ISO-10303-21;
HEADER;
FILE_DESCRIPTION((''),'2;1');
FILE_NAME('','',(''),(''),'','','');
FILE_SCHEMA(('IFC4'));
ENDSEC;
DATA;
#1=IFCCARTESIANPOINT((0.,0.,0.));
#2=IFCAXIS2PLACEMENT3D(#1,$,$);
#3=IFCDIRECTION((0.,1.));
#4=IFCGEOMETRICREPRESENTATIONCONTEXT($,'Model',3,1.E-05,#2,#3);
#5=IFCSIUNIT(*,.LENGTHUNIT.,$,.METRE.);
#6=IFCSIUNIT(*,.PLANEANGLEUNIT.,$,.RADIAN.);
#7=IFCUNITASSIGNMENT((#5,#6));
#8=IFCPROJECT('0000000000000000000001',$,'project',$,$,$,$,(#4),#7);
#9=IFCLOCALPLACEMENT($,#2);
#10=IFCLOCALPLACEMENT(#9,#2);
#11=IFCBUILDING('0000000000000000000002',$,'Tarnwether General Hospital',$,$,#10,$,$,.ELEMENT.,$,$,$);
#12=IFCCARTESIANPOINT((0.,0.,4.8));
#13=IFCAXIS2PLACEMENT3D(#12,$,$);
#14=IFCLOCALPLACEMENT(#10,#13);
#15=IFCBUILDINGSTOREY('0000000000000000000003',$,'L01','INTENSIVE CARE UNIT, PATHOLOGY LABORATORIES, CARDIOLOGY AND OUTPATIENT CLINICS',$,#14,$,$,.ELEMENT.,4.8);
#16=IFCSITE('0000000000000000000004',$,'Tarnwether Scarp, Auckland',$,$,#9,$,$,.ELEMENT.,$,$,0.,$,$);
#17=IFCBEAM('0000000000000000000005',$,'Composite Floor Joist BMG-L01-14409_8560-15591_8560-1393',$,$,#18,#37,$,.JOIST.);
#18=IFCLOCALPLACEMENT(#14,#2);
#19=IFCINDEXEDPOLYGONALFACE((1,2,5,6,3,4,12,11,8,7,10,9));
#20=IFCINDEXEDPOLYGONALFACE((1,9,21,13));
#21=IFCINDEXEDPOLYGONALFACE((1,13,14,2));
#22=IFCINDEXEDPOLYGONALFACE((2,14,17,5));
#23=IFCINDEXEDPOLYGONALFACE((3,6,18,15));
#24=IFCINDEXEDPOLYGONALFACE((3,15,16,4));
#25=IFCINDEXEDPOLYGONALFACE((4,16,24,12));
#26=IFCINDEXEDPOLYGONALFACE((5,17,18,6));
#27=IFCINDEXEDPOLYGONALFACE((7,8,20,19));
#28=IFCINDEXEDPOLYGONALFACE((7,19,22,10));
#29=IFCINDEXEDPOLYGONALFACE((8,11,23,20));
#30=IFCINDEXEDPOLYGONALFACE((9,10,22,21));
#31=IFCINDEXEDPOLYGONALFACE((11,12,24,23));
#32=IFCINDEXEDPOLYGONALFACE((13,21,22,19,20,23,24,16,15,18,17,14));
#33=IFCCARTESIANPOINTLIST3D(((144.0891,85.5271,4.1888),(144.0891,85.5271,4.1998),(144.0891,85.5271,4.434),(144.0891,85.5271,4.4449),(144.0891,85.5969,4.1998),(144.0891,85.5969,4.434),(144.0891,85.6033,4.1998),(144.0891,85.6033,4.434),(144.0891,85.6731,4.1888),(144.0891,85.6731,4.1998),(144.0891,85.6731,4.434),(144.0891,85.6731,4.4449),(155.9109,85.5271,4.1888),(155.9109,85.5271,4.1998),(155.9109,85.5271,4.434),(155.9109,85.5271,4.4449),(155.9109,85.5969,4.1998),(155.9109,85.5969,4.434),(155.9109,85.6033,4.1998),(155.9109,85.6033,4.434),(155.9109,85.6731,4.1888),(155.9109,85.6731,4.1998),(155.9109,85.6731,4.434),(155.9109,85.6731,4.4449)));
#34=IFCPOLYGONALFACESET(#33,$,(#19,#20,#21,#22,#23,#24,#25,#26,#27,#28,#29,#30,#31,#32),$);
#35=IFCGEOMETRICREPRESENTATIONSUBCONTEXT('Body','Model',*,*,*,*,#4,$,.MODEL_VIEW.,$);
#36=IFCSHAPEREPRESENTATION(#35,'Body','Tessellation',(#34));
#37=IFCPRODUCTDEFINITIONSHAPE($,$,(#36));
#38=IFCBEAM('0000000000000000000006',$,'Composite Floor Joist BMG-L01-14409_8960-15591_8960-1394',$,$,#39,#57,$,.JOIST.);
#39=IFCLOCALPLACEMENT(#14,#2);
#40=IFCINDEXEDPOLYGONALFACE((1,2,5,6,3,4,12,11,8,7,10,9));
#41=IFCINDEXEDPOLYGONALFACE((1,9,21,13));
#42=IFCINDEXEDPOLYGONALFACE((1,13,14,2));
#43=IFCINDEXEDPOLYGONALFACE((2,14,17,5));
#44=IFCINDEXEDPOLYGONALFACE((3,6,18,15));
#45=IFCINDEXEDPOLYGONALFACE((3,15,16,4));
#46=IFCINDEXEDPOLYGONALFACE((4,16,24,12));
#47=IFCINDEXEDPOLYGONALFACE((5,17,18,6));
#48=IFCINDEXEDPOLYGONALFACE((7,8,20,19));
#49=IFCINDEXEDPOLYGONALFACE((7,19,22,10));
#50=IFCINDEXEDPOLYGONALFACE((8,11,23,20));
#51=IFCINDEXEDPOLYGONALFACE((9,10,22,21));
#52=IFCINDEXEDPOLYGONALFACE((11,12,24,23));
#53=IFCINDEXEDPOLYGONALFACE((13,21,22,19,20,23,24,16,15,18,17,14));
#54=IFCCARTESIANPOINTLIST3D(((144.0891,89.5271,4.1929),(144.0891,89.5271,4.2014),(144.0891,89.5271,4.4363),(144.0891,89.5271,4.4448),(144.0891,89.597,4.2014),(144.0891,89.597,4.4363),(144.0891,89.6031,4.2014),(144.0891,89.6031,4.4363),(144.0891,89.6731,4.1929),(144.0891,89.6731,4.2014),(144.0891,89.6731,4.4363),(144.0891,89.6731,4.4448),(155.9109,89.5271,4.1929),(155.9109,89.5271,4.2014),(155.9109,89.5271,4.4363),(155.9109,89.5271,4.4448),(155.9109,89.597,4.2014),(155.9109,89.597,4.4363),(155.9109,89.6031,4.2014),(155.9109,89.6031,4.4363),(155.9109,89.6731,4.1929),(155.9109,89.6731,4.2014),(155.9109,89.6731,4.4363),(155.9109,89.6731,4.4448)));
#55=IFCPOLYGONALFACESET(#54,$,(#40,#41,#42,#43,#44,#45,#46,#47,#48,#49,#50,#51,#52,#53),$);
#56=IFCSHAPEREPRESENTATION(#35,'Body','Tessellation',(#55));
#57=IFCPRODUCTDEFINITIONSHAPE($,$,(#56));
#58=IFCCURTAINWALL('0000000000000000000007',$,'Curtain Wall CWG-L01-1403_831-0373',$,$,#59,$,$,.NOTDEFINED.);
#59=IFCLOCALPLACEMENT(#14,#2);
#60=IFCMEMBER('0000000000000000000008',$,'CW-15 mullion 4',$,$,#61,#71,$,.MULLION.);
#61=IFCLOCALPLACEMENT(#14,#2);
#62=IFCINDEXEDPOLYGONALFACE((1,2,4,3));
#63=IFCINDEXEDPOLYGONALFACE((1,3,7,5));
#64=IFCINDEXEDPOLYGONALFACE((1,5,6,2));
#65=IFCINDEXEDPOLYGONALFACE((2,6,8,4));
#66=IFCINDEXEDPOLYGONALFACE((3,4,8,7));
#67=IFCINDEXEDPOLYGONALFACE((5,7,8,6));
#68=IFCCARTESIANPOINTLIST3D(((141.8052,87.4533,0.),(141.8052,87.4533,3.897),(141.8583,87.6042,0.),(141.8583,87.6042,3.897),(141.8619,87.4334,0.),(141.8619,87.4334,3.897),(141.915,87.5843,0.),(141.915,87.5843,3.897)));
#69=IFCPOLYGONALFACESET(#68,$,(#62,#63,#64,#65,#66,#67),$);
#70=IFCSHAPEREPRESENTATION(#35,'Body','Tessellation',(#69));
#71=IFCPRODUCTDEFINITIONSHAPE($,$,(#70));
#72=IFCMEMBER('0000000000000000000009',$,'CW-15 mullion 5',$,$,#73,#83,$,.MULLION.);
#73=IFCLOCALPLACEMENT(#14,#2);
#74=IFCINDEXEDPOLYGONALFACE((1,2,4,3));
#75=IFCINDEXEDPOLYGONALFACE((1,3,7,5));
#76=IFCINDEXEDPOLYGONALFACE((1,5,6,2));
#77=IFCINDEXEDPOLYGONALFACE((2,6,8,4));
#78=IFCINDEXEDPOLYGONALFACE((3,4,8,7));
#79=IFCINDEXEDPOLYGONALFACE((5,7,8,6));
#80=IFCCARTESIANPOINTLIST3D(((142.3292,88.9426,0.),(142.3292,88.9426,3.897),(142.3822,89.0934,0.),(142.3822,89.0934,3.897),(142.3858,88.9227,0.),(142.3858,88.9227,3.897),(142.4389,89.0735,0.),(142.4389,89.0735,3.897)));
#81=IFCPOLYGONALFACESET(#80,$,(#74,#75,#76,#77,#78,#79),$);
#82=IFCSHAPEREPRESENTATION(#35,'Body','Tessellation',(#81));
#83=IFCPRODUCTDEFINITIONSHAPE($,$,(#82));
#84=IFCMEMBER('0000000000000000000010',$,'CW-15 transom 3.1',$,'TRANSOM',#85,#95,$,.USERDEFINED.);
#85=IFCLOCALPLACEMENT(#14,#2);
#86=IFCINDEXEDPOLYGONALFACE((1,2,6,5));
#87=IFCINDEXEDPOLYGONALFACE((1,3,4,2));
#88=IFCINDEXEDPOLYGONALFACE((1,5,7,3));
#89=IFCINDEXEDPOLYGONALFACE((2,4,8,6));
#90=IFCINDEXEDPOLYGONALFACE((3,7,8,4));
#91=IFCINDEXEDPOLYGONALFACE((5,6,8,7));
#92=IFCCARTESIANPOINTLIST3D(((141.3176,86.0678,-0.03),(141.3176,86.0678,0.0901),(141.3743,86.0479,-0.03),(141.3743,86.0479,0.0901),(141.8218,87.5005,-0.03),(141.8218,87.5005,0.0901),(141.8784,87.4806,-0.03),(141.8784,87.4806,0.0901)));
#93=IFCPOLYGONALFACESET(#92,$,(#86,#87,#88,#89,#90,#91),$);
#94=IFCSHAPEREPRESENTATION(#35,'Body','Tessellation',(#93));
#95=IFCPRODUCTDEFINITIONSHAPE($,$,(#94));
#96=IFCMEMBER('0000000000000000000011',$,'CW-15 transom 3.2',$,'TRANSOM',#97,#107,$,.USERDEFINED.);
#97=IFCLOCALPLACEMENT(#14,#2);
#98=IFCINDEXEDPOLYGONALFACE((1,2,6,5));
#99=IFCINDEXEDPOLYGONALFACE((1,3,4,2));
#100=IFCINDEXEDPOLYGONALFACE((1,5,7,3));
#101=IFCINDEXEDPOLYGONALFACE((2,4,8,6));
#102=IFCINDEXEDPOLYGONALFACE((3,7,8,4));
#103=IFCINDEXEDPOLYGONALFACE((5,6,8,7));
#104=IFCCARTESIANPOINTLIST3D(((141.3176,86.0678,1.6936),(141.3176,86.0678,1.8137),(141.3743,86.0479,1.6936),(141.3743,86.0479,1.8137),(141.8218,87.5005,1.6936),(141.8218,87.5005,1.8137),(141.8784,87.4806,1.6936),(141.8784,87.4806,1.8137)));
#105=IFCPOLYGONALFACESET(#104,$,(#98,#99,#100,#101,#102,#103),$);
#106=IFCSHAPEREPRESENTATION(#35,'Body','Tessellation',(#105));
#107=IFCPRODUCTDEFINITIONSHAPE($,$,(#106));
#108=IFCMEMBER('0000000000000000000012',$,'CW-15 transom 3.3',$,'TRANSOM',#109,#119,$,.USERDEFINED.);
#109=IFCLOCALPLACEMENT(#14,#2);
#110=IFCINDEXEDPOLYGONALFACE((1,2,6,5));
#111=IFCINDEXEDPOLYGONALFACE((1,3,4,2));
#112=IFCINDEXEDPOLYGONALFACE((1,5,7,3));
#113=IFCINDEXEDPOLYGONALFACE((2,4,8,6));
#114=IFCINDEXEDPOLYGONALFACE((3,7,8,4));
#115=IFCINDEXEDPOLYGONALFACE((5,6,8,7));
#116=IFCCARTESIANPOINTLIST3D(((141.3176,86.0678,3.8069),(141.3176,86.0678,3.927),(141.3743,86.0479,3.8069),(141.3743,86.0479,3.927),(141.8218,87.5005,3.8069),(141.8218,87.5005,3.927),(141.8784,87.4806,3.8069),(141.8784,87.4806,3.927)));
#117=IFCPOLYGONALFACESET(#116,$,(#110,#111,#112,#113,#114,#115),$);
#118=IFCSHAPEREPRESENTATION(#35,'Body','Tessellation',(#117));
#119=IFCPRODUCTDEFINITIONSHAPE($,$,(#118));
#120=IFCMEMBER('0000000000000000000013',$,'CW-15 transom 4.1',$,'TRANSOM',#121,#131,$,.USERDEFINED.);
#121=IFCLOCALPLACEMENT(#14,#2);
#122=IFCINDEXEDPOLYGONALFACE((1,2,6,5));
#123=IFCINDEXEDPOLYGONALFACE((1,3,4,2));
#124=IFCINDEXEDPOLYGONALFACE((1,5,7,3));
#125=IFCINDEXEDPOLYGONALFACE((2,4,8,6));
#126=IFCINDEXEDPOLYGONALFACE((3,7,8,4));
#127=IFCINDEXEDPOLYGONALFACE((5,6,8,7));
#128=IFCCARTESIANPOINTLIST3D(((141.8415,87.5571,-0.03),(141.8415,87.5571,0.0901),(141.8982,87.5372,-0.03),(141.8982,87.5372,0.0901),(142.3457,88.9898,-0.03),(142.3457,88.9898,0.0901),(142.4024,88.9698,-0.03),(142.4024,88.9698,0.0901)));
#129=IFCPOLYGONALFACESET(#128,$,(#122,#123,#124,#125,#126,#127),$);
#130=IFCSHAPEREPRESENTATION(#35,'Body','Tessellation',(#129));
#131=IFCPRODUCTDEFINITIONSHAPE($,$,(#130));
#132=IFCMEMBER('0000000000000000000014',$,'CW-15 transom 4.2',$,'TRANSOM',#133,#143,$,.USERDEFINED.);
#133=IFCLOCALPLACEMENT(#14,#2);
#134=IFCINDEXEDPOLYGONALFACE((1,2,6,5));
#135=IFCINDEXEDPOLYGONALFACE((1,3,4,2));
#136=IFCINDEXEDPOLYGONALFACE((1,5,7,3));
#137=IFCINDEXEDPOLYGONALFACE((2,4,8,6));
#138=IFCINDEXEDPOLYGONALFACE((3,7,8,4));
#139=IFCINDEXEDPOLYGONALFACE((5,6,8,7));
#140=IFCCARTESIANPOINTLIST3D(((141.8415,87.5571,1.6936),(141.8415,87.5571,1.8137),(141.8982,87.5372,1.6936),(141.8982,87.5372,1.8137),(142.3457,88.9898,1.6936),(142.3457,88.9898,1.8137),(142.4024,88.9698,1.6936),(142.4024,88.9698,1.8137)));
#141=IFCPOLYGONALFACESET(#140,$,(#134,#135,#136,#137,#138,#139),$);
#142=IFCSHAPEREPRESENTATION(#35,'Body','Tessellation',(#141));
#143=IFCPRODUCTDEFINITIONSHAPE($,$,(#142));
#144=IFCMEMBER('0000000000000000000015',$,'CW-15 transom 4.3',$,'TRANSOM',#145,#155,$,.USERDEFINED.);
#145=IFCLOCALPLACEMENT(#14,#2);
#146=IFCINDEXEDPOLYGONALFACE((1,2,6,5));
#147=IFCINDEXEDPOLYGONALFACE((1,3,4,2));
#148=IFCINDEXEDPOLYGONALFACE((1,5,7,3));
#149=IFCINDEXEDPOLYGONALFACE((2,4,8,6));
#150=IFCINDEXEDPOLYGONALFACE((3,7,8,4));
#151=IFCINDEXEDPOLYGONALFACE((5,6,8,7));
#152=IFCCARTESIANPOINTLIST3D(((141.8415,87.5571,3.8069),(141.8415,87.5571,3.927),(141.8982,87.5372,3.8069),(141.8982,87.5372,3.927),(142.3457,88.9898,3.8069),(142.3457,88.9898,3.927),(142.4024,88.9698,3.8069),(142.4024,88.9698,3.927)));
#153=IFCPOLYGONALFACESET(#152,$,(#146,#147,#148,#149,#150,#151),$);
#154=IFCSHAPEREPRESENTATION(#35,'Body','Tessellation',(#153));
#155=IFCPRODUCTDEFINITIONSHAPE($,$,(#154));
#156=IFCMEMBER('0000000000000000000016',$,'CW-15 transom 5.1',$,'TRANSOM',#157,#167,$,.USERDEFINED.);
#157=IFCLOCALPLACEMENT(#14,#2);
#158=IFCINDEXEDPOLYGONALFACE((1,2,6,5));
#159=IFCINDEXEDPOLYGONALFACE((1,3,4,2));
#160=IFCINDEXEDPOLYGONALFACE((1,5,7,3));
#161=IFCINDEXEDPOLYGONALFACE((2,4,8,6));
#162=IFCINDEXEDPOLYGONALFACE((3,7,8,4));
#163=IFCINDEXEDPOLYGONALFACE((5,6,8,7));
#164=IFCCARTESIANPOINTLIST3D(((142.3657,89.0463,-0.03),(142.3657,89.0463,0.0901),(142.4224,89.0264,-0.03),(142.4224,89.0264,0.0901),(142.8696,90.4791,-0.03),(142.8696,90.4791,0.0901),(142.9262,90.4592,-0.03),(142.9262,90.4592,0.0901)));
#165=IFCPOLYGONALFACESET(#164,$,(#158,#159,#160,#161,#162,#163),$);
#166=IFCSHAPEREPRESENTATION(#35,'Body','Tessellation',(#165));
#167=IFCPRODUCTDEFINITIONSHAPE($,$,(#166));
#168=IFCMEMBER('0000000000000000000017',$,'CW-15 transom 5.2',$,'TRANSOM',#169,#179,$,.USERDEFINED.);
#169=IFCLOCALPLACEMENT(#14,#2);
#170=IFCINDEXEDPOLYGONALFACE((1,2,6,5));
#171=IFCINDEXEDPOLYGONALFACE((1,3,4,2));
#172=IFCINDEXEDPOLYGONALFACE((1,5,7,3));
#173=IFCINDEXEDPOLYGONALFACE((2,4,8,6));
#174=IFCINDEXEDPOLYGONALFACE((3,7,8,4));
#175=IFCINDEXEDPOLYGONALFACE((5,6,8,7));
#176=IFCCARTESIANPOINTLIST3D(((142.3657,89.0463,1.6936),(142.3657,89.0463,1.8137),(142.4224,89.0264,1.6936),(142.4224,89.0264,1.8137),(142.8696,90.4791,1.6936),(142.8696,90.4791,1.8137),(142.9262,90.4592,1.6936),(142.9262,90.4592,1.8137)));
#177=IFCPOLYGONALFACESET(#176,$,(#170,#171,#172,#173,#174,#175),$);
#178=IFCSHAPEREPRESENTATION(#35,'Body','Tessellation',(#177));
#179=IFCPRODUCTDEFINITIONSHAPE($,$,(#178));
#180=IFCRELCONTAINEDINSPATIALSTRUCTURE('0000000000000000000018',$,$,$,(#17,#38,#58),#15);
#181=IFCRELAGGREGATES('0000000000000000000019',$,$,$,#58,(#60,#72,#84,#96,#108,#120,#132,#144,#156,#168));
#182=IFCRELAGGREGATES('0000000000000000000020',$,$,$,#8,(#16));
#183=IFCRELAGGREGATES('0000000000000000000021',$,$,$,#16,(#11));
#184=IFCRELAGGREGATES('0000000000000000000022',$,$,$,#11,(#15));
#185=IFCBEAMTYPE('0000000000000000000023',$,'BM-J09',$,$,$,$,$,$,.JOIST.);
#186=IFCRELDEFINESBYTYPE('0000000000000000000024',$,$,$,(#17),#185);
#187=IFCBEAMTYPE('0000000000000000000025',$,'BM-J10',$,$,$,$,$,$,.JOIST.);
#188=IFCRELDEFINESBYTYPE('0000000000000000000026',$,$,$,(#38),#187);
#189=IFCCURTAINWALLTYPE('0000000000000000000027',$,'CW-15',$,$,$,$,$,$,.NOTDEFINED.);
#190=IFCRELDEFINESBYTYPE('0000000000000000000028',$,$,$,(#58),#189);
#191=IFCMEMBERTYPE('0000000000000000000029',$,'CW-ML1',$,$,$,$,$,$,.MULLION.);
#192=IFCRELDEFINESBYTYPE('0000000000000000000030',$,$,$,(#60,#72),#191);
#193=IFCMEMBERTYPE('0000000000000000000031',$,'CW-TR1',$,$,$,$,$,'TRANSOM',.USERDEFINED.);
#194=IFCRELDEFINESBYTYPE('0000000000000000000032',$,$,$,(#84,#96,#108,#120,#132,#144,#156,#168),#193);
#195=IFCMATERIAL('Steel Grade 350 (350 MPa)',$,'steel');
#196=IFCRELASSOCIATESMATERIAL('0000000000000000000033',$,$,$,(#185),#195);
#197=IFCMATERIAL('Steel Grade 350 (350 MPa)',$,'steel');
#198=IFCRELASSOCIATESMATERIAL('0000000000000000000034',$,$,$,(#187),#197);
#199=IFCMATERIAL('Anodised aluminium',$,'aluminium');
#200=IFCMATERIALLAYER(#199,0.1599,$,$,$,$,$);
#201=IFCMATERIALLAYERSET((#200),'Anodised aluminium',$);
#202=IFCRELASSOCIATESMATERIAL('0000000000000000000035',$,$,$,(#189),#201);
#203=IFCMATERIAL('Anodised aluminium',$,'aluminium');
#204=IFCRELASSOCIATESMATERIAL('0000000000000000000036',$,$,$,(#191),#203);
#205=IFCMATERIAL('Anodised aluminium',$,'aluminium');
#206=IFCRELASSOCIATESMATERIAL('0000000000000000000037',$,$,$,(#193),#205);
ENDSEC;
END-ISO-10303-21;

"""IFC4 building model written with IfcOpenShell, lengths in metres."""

from ifc_helpers import new_model, si_unit, direction, frame, origin, origin_2d, place, context, subcontext, project, spatial, rectangle, i_section, extrude, material, layer, layer_set, material_profile, profile_set, type_object, element, aggregate, save


model = new_model("IFC4")

# Units and contexts
model_context = context("Model", 3, precision=1e-05, world=origin(), true_north=direction((0.0, 1.0)))
body_context = subcontext(model_context, "Body", "Model", "MODEL_VIEW")
ifc_project = project(units=[si_unit("LENGTHUNIT", "METRE"), si_unit("PLANEANGLEUNIT", "RADIAN")], contexts=[model_context])

# Site, building, storey
site_placement = place(None, origin())
site = spatial("IfcSite", under=ifc_project, at=site_placement, Name="Tarnwether Scarp, Auckland", CompositionType="ELEMENT", RefElevation=0.0)
building_placement = place(site_placement, origin())
building = spatial("IfcBuilding", under=site, at=building_placement, Name="Tarnwether General Hospital", CompositionType="ELEMENT")
storey_placement = place(building_placement, frame((0.0, 0.0, 4.8)))
storey = spatial("IfcBuildingStorey", under=building, at=storey_placement, Name="L01", Description="INTENSIVE CARE UNIT, PATHOLOGY LABORATORIES, CARDIOLOGY AND OUTPATIENT CLINICS", CompositionType="ELEMENT", Elevation=4.8)

# Beams
ifc_material_1 = material(Name="Steel Grade 350 (350 MPa)", Category="steel")
ifc_material_profile_1 = material_profile(ifc_material_1, i_section(OverallWidth=0.146, OverallDepth=0.2561, WebThickness=0.0063, FlangeThickness=0.011, at=origin_2d()), Name="250UB37.3")
ifc_profile_set_1 = profile_set([ifc_material_profile_1], Name="Steel Grade 350 (350 MPa)")
beam_type_1 = type_object("IfcBeamType", Name="BM-J09", PredefinedType="JOIST", material=ifc_profile_set_1)
beam_1_placement = place(storey_placement, frame((144.0891, 85.6001, 4.3169), z_axis=(1.0, 0.0, 0.0), x_axis=(0.0, 1.0, 0.0)))
element("IfcBeam", 1, at=beam_1_placement, inside=storey, type_object=beam_type_1, Name="Composite Floor Joist BMG-L01-14409_8560-15591_8560-1393", PredefinedType="JOIST", context=body_context, shape_type="SweptSolid", body=[
    extrude(i_section(OverallWidth=0.146, OverallDepth=0.2561, WebThickness=0.0063, FlangeThickness=0.011, at=origin_2d()), origin(), (0.0, 0.0, 1.0), 11.8218),
])
ifc_material_2 = material(Name="Steel Grade 350 (350 MPa)", Category="steel")
ifc_material_profile_2 = material_profile(ifc_material_2, i_section(OverallWidth=0.146, OverallDepth=0.252, WebThickness=0.0061, FlangeThickness=0.0085, at=origin_2d()), Name="250UB31.4")
ifc_profile_set_2 = profile_set([ifc_material_profile_2], Name="Steel Grade 350 (350 MPa)")
beam_type_2 = type_object("IfcBeamType", Name="BM-J10", PredefinedType="JOIST", material=ifc_profile_set_2)
beam_2_placement = place(storey_placement, frame((144.0891, 89.6001, 4.3188), z_axis=(1.0, 0.0, 0.0), x_axis=(0.0, 1.0, 0.0)))
element("IfcBeam", 2, at=beam_2_placement, inside=storey, type_object=beam_type_2, Name="Composite Floor Joist BMG-L01-14409_8960-15591_8960-1394", PredefinedType="JOIST", context=body_context, shape_type="SweptSolid", body=[
    extrude(i_section(OverallWidth=0.146, OverallDepth=0.252, WebThickness=0.0061, FlangeThickness=0.0085, at=origin_2d()), origin(), (0.0, 0.0, 1.0), 11.8218),
])

# Curtain wall, members
ifc_material_3 = material(Name="Anodised aluminium", Category="aluminium")
ifc_layer_1 = layer(ifc_material_3, 0.1599)
ifc_layer_set_1 = layer_set([ifc_layer_1], Name="Anodised aluminium")
curtain_wall_type = type_object("IfcCurtainWallType", Name="CW-15", PredefinedType="NOTDEFINED", material=ifc_layer_set_1)
curtain_wall_placement = place(storey_placement, origin())
curtain_wall = element("IfcCurtainWall", 3, at=curtain_wall_placement, inside=storey, type_object=curtain_wall_type, Name="Curtain Wall CWG-L01-1403_831-0373", PredefinedType="NOTDEFINED")
ifc_material_4 = material(Name="Anodised aluminium", Category="aluminium")
ifc_material_profile_3 = material_profile(ifc_material_4, rectangle(XDim=0.0601, YDim=0.1599, at=origin_2d()), Name="ALU-MUL-60x160")
ifc_profile_set_3 = profile_set([ifc_material_profile_3], Name="Anodised aluminium")
member_type_1 = type_object("IfcMemberType", Name="CW-ML1", PredefinedType="MULLION", material=ifc_profile_set_3)
member_1_placement = place(storey_placement, frame((141.8601, 87.5188, 0.0), z_axis=(0.0, 0.0, 1.0), x_axis=(-0.943314, 0.331902, 0.0)))
member_1 = element("IfcMember", 4, at=member_1_placement, type_object=member_type_1, Name="CW-15 mullion 4", PredefinedType="MULLION", context=body_context, shape_type="SweptSolid", body=[
    extrude(rectangle(XDim=0.0601, YDim=0.1599, at=origin_2d()), origin(), (0.0, 0.0, 1.0), 3.897),
])
member_2_placement = place(storey_placement, frame((142.384, 89.0081, 0.0), z_axis=(0.0, 0.0, 1.0), x_axis=(-0.943314, 0.331902, 0.0)))
member_2 = element("IfcMember", 5, at=member_2_placement, type_object=member_type_1, Name="CW-15 mullion 5", PredefinedType="MULLION", context=body_context, shape_type="SweptSolid", body=[
    extrude(rectangle(XDim=0.0601, YDim=0.1599, at=origin_2d()), origin(), (0.0, 0.0, 1.0), 3.897),
])
ifc_material_5 = material(Name="Anodised aluminium", Category="aluminium")
ifc_material_profile_4 = material_profile(ifc_material_5, rectangle(XDim=0.0601, YDim=0.1201, at=origin_2d()), Name="ALU-TRN-60x120")
ifc_profile_set_4 = profile_set([ifc_material_profile_4], Name="Anodised aluminium")
member_type_2 = type_object("IfcMemberType", Name="CW-TR1", ElementType="TRANSOM", PredefinedType="USERDEFINED", material=ifc_profile_set_4)
member_3_placement = place(storey_placement, frame((141.3459, 86.0579, 0.03), z_axis=(0.331954, 0.943296, 0.0), x_axis=(-0.943296, 0.331954, 0.0)))
member_3 = element("IfcMember", 6, at=member_3_placement, type_object=member_type_2, Name="CW-15 transom 3.1", ObjectType="TRANSOM", PredefinedType="USERDEFINED", context=body_context, shape_type="SweptSolid", body=[
    extrude(rectangle(XDim=0.0601, YDim=0.1201, at=origin_2d()), origin(), (0.0, 0.0, 1.0), 1.5188),
])
member_4_placement = place(storey_placement, frame((141.3459, 86.0579, 1.7537), z_axis=(0.331954, 0.943296, 0.0), x_axis=(-0.943296, 0.331954, 0.0)))
member_4 = element("IfcMember", 7, at=member_4_placement, type_object=member_type_2, Name="CW-15 transom 3.2", ObjectType="TRANSOM", PredefinedType="USERDEFINED", context=body_context, shape_type="SweptSolid", body=[
    extrude(rectangle(XDim=0.0601, YDim=0.1201, at=origin_2d()), origin(), (0.0, 0.0, 1.0), 1.5188),
])
member_5_placement = place(storey_placement, frame((141.3459, 86.0579, 3.8669), z_axis=(0.331954, 0.943296, 0.0), x_axis=(-0.943296, 0.331954, 0.0)))
member_5 = element("IfcMember", 8, at=member_5_placement, type_object=member_type_2, Name="CW-15 transom 3.3", ObjectType="TRANSOM", PredefinedType="USERDEFINED", context=body_context, shape_type="SweptSolid", body=[
    extrude(rectangle(XDim=0.0601, YDim=0.1201, at=origin_2d()), origin(), (0.0, 0.0, 1.0), 1.5188),
])
member_6_placement = place(storey_placement, frame((141.8699, 87.5471, 0.03), z_axis=(0.331954, 0.943296, 0.0), x_axis=(-0.943296, 0.331954, 0.0)))
member_6 = element("IfcMember", 9, at=member_6_placement, type_object=member_type_2, Name="CW-15 transom 4.1", ObjectType="TRANSOM", PredefinedType="USERDEFINED", context=body_context, shape_type="SweptSolid", body=[
    extrude(rectangle(XDim=0.0601, YDim=0.1201, at=origin_2d()), origin(), (0.0, 0.0, 1.0), 1.5188),
])
member_7_placement = place(storey_placement, frame((141.8699, 87.5471, 1.7537), z_axis=(0.331954, 0.943296, 0.0), x_axis=(-0.943296, 0.331954, 0.0)))
member_7 = element("IfcMember", 10, at=member_7_placement, type_object=member_type_2, Name="CW-15 transom 4.2", ObjectType="TRANSOM", PredefinedType="USERDEFINED", context=body_context, shape_type="SweptSolid", body=[
    extrude(rectangle(XDim=0.0601, YDim=0.1201, at=origin_2d()), origin(), (0.0, 0.0, 1.0), 1.5188),
])
member_8_placement = place(storey_placement, frame((141.8699, 87.5471, 3.8669), z_axis=(0.331954, 0.943296, 0.0), x_axis=(-0.943296, 0.331954, 0.0)))
member_8 = element("IfcMember", 11, at=member_8_placement, type_object=member_type_2, Name="CW-15 transom 4.3", ObjectType="TRANSOM", PredefinedType="USERDEFINED", context=body_context, shape_type="SweptSolid", body=[
    extrude(rectangle(XDim=0.0601, YDim=0.1201, at=origin_2d()), origin(), (0.0, 0.0, 1.0), 1.5188),
])
member_9_placement = place(storey_placement, frame((142.394, 89.0364, 0.03), z_axis=(0.331761, 0.943364, 0.0), x_axis=(-0.943364, 0.331761, 0.0)))
member_9 = element("IfcMember", 12, at=member_9_placement, type_object=member_type_2, Name="CW-15 transom 5.1", ObjectType="TRANSOM", PredefinedType="USERDEFINED", context=body_context, shape_type="SweptSolid", body=[
    extrude(rectangle(XDim=0.0601, YDim=0.1201, at=origin_2d()), origin(), (0.0, 0.0, 1.0), 1.5188),
])
member_10_placement = place(storey_placement, frame((142.394, 89.0364, 1.7537), z_axis=(0.331761, 0.943364, 0.0), x_axis=(-0.943364, 0.331761, 0.0)))
member_10 = element("IfcMember", 13, at=member_10_placement, type_object=member_type_2, Name="CW-15 transom 5.2", ObjectType="TRANSOM", PredefinedType="USERDEFINED", context=body_context, shape_type="SweptSolid", body=[
    extrude(rectangle(XDim=0.0601, YDim=0.1201, at=origin_2d()), origin(), (0.0, 0.0, 1.0), 1.5188),
])
aggregate(curtain_wall, [member_1, member_2, member_3, member_4, member_5, member_6, member_7, member_8, member_9, member_10])

save(model, "model.ifc")
